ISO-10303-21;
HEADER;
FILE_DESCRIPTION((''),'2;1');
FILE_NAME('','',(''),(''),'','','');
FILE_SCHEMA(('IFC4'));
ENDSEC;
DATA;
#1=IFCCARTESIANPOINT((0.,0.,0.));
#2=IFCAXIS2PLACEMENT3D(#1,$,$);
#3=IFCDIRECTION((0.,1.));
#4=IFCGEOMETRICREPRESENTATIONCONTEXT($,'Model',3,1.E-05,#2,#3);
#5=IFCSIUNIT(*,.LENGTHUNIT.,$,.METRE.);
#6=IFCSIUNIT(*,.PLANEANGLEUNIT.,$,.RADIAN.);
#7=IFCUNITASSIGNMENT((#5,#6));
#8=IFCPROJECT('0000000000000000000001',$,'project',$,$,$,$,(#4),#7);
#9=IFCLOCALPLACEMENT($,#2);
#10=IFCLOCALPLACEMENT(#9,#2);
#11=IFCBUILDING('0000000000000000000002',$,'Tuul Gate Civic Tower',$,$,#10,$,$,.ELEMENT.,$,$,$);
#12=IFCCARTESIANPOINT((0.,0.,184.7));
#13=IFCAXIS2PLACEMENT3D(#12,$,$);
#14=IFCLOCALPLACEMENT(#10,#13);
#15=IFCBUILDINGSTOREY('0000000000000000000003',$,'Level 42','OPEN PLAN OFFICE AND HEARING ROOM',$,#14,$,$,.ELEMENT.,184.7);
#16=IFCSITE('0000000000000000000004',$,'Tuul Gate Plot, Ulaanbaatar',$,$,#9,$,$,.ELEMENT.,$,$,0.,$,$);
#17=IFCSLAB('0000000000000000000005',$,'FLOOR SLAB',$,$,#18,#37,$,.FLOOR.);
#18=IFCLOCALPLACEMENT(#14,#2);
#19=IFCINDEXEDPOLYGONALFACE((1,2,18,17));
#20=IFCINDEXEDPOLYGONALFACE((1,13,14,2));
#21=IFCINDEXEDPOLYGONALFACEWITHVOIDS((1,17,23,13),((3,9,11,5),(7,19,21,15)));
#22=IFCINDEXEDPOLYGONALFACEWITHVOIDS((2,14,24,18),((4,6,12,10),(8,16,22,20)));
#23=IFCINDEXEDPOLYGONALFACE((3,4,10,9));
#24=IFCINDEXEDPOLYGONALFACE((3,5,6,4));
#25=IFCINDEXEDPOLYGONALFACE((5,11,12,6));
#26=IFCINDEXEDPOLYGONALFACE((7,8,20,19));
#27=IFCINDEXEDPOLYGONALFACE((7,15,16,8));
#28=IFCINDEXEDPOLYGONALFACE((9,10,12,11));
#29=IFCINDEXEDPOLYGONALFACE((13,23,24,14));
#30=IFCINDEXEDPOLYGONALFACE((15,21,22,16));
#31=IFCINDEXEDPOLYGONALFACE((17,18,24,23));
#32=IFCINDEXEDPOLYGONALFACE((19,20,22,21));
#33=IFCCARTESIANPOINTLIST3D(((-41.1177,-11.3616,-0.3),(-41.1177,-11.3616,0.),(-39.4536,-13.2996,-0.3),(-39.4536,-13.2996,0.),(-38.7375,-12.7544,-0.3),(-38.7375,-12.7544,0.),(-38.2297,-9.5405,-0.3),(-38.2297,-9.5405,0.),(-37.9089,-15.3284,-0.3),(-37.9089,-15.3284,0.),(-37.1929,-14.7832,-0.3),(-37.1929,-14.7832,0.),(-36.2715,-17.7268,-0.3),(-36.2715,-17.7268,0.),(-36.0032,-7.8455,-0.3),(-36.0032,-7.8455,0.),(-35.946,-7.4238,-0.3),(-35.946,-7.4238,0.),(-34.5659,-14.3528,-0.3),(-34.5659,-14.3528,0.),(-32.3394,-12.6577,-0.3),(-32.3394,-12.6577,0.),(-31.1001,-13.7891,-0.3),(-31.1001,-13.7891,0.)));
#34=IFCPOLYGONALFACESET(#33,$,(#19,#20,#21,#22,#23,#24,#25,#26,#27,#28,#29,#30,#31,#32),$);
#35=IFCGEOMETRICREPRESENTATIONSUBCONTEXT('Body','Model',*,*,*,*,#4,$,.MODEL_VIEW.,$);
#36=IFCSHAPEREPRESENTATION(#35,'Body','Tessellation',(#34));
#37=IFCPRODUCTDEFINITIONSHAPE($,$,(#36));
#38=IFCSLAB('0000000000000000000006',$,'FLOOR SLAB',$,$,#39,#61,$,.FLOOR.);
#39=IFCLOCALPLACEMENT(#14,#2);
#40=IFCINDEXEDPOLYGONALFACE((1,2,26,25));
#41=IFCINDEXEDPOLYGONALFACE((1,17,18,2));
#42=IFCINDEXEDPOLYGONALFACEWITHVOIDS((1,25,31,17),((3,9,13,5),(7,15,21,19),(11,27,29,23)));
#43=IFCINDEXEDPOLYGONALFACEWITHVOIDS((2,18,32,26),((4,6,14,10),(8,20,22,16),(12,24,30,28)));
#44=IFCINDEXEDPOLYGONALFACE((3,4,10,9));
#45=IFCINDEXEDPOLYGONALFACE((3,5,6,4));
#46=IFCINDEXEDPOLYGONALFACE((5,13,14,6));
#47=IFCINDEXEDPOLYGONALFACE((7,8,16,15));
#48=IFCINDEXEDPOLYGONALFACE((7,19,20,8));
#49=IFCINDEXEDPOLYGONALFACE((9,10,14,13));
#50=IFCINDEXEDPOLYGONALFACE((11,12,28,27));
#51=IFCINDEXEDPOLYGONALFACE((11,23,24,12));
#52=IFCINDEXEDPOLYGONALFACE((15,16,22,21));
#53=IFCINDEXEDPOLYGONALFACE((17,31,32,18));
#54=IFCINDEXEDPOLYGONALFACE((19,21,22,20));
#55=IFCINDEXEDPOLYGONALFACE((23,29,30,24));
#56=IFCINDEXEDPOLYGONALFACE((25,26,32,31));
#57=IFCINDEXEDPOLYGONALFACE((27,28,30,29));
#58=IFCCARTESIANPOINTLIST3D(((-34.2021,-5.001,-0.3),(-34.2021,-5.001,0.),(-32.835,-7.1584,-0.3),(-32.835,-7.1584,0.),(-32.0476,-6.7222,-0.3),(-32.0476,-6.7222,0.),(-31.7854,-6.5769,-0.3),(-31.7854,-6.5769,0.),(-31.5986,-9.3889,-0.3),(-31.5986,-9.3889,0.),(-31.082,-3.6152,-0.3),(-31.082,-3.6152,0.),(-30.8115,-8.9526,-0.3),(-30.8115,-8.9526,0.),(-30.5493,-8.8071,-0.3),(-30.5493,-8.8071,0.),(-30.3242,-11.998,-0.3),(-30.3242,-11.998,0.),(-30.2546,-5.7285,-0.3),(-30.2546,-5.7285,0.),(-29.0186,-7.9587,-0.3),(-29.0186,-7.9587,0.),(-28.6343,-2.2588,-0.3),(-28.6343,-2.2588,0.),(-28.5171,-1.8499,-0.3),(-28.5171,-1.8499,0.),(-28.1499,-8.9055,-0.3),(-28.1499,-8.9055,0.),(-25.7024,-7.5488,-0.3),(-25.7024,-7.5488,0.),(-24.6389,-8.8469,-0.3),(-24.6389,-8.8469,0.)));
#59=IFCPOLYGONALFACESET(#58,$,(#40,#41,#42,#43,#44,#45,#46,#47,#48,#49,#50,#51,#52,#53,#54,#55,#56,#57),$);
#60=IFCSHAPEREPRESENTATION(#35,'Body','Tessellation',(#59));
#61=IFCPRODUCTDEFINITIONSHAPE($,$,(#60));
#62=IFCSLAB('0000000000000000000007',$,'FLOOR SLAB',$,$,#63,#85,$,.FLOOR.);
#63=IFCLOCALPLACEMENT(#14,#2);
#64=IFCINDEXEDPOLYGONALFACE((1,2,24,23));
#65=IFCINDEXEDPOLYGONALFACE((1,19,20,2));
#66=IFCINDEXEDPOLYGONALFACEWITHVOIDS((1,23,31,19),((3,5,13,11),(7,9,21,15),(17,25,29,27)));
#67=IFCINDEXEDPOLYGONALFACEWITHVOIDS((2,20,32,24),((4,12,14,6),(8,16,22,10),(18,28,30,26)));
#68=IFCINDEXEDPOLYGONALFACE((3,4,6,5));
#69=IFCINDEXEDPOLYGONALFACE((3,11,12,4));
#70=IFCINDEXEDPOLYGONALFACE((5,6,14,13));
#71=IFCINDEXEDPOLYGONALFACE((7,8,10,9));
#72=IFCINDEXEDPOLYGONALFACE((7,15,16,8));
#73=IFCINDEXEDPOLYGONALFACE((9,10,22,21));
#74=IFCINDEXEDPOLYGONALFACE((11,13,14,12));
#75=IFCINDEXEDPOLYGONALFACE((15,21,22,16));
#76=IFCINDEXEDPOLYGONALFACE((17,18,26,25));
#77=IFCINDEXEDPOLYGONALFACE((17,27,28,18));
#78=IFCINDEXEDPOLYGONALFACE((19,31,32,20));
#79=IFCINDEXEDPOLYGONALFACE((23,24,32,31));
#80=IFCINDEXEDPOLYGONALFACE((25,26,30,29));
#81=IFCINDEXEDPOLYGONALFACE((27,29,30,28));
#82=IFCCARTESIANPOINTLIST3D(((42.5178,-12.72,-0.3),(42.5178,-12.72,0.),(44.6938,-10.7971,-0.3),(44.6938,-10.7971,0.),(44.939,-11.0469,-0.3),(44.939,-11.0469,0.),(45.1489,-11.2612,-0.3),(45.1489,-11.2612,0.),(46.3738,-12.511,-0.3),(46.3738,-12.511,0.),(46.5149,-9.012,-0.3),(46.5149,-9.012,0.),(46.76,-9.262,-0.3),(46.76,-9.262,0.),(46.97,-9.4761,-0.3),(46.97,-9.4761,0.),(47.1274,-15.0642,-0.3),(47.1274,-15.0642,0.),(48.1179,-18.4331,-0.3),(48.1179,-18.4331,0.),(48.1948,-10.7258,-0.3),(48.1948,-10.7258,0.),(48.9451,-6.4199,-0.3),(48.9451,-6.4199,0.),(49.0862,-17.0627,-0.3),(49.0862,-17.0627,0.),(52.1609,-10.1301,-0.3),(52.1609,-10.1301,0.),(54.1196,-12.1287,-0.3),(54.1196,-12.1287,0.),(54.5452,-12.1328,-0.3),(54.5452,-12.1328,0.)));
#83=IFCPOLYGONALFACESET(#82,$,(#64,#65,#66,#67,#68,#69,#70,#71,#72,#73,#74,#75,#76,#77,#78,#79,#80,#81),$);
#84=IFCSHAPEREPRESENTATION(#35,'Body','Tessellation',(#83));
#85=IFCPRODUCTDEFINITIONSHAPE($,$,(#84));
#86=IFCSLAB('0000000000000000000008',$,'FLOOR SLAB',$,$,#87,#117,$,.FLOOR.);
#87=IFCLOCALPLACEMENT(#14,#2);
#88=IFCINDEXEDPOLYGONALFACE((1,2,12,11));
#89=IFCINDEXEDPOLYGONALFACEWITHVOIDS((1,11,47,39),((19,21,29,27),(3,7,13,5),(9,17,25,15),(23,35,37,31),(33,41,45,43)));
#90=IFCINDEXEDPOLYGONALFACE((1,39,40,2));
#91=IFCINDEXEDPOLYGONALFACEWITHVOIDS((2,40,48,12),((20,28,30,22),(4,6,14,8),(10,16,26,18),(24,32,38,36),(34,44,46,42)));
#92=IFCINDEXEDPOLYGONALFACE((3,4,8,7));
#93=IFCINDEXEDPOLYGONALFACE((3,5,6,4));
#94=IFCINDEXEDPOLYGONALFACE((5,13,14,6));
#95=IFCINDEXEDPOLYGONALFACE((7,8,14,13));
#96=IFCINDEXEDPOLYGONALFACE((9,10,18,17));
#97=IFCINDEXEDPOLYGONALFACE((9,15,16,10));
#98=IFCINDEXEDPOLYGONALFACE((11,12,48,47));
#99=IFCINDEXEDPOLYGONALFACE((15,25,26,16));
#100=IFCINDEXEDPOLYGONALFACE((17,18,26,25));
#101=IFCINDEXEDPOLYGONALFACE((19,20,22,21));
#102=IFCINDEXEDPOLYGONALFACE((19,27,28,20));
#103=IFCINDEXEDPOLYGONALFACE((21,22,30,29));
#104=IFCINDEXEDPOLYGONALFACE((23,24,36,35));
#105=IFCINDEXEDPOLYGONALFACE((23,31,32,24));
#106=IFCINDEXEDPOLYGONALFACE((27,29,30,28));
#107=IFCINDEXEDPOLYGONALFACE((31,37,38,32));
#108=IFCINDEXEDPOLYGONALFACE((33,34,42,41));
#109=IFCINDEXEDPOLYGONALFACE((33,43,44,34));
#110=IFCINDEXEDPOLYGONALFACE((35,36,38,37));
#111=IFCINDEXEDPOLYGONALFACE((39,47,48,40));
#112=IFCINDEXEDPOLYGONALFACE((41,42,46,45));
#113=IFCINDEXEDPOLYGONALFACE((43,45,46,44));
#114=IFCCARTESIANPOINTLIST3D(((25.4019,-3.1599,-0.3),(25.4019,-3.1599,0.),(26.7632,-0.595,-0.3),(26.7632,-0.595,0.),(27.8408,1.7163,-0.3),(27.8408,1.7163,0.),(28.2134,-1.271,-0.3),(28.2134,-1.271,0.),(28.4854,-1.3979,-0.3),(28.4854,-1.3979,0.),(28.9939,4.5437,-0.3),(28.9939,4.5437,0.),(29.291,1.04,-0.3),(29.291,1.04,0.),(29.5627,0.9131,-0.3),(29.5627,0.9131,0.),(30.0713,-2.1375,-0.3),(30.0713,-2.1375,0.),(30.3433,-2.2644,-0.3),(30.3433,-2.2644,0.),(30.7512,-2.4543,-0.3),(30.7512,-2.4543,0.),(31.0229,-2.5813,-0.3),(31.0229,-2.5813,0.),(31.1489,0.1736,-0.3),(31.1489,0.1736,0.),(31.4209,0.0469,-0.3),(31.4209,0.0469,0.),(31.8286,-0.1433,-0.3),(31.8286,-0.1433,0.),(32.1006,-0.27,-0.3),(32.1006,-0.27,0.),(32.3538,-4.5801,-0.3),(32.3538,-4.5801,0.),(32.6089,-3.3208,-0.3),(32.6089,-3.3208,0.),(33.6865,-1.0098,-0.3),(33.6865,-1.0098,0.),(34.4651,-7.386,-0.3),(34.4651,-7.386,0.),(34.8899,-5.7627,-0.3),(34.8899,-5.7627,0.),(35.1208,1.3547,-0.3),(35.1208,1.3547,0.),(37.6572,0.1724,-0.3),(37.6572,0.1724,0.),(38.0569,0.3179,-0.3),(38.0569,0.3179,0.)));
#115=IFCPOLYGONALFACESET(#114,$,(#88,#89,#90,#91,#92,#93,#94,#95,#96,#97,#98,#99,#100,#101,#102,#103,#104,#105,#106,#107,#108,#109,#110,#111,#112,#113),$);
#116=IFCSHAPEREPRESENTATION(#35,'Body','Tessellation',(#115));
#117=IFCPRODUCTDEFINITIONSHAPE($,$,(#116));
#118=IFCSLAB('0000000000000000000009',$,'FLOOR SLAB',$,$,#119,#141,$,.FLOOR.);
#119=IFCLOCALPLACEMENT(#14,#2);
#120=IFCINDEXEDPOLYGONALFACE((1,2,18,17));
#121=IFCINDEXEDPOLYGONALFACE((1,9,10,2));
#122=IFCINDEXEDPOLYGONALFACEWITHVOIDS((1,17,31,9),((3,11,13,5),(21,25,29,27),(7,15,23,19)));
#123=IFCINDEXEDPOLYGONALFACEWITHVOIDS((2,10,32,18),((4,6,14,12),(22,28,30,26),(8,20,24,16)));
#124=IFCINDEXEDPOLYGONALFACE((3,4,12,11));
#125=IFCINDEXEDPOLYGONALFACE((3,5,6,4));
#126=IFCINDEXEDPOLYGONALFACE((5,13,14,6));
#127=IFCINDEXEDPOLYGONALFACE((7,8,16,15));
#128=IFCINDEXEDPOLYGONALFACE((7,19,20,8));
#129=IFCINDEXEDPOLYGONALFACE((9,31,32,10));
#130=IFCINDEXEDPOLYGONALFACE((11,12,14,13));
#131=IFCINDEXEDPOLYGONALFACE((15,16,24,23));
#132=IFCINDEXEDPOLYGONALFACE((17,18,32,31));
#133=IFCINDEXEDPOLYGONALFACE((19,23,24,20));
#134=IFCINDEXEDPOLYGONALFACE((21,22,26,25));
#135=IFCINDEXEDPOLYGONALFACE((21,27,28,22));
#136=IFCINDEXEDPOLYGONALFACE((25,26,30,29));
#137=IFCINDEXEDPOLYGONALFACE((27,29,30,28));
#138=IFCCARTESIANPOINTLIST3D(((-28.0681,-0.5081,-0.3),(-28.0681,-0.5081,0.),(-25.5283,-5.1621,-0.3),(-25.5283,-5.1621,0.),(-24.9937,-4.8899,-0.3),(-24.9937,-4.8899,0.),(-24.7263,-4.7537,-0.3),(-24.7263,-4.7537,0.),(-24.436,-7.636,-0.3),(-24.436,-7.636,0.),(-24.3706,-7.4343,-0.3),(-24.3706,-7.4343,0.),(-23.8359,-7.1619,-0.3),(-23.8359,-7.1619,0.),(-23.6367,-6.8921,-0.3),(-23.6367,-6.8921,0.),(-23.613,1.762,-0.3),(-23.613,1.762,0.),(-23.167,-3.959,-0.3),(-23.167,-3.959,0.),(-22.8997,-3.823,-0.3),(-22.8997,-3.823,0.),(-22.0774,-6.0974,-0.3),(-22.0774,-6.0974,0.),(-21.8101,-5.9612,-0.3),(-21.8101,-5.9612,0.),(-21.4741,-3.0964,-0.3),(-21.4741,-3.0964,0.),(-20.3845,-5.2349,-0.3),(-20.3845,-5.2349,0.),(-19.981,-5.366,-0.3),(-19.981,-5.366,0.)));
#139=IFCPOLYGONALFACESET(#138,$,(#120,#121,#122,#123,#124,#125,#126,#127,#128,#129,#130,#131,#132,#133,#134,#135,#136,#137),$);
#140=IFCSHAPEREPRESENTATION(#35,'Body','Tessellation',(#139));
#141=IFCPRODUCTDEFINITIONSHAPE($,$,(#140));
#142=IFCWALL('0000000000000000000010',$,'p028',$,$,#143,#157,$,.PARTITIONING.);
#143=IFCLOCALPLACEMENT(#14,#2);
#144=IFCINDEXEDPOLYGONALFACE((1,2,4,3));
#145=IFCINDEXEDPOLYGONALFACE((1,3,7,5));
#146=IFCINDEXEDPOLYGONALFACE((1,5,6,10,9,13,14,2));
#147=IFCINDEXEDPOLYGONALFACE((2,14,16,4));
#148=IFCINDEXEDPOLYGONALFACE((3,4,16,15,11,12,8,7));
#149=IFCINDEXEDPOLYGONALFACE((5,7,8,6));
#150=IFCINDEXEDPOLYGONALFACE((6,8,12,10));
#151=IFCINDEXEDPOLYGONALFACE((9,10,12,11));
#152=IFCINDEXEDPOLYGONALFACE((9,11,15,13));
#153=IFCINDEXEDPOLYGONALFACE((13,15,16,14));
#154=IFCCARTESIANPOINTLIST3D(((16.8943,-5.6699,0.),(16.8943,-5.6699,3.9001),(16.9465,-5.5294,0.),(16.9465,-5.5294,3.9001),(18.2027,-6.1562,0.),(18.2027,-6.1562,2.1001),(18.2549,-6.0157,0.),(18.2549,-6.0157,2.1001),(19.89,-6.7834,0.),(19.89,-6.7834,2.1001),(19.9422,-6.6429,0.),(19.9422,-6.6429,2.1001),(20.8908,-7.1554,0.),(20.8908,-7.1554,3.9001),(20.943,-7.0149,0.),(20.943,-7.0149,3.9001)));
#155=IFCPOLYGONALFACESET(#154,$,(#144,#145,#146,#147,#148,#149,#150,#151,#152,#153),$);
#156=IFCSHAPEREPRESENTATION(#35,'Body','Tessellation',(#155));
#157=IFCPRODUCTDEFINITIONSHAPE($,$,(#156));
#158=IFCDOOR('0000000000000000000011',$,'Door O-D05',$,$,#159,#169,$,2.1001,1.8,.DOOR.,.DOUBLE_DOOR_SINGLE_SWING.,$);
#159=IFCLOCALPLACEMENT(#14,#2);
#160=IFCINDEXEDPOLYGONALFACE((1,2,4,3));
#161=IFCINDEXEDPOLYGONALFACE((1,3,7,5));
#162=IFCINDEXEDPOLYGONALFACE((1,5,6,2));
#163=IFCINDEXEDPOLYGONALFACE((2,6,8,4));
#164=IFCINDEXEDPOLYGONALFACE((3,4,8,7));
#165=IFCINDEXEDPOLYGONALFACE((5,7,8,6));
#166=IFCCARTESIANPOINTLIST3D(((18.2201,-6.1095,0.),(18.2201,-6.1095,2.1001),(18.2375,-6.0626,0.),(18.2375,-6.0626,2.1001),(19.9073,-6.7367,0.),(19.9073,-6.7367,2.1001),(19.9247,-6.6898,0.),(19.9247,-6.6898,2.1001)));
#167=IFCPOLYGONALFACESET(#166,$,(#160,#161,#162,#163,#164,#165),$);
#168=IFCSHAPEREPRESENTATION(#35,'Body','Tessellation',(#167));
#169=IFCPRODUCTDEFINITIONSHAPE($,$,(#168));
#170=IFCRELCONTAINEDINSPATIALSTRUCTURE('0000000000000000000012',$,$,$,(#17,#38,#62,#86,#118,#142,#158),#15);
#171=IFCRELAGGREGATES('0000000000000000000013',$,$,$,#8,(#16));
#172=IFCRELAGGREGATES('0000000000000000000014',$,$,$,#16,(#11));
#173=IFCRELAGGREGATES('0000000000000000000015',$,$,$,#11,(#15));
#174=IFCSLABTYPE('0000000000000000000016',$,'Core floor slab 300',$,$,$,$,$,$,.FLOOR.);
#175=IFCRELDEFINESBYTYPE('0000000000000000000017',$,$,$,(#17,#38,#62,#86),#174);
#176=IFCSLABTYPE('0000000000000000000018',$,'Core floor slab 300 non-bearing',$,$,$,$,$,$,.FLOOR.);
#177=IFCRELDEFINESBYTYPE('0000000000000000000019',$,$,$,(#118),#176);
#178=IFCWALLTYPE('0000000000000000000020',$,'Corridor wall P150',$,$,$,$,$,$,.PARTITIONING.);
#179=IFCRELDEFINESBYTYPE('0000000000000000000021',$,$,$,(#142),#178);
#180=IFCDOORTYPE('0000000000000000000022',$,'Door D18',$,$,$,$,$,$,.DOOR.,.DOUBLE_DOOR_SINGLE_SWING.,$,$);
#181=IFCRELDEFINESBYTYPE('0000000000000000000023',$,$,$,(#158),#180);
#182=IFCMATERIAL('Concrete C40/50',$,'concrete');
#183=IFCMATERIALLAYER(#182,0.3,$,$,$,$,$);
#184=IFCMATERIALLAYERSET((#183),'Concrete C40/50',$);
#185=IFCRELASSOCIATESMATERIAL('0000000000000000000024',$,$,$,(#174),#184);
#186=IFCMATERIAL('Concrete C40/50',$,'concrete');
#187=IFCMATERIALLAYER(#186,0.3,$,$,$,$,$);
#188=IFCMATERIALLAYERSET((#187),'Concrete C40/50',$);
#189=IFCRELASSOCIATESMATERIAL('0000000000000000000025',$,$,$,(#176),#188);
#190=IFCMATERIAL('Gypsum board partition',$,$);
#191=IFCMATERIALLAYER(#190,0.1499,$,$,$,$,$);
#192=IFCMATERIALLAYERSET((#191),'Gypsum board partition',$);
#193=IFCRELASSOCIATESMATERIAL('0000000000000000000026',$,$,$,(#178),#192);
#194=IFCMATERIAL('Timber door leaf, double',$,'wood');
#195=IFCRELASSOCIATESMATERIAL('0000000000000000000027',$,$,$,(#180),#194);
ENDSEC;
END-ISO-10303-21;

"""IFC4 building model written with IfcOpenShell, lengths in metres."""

from ifc_helpers import new_model, si_unit, direction, frame, frame_2d, origin, place, context, subcontext, project, spatial, polyline, rectangle, outline, extrude, material, layer, layer_set, type_object, element, fill, save


model = new_model("IFC4")

# Units and contexts
model_context = context("Model", 3, precision=1e-05, world=origin(), true_north=direction((0.0, 1.0)))
body_context = subcontext(model_context, "Body", "Model", "MODEL_VIEW")
ifc_project = project(units=[si_unit("LENGTHUNIT", "METRE"), si_unit("PLANEANGLEUNIT", "RADIAN")], contexts=[model_context])

# Site, building, storey
site_placement = place(None, origin())
site = spatial("IfcSite", under=ifc_project, at=site_placement, Name="Tuul Gate Plot, Ulaanbaatar", CompositionType="ELEMENT", RefElevation=0.0)
building_placement = place(site_placement, origin())
building = spatial("IfcBuilding", under=site, at=building_placement, Name="Tuul Gate Civic Tower", CompositionType="ELEMENT")
storey_placement = place(building_placement, frame((0.0, 0.0, 184.7)))
storey = spatial("IfcBuildingStorey", under=building, at=storey_placement, Name="Level 42", Description="OPEN PLAN OFFICE AND HEARING ROOM", CompositionType="ELEMENT", Elevation=184.7)

# Slabs
ifc_material_1 = material(Name="Concrete C40/50", Category="concrete")
ifc_layer_1 = layer(ifc_material_1, 0.3)
ifc_layer_set_1 = layer_set([ifc_layer_1], Name="Concrete C40/50")
slab_type_1 = type_object("IfcSlabType", Name="Core floor slab 300", PredefinedType="FLOOR", material=ifc_layer_set_1)
slab_1_placement = place(storey_placement, frame((0.0, 0.0, -0.3)))
element("IfcSlab", 1, at=slab_1_placement, inside=storey, type_object=slab_type_1, Name="FLOOR SLAB", PredefinedType="FLOOR", context=body_context, shape_type="SweptSolid", body=[
    extrude(outline(polyline([(-31.1001, -13.7891), (-35.946, -7.4238), (-41.1177, -11.3616), (-36.2715, -17.7268), (-31.1001, -13.7891)]), holes=[polyline([(-37.1929, -14.7832), (-38.7375, -12.7544), (-39.4536, -13.2996), (-37.9089, -15.3284), (-37.1929, -14.7832)]), polyline([(-32.3394, -12.6577), (-34.5659, -14.3528), (-38.2297, -9.5405), (-36.0032, -7.8455), (-32.3394, -12.6577)])]), origin(), (0.0, 0.0, 1.0), 0.3),
])
slab_2_placement = place(storey_placement, frame((0.0, 0.0, -0.3)))
element("IfcSlab", 2, at=slab_2_placement, inside=storey, type_object=slab_type_1, Name="FLOOR SLAB", PredefinedType="FLOOR", context=body_context, shape_type="SweptSolid", body=[
    extrude(outline(polyline([(-24.6389, -8.8469), (-28.5171, -1.8499), (-34.2021, -5.001), (-30.3242, -11.998), (-24.6389, -8.8469)]), holes=[polyline([(-29.0186, -7.9587), (-30.2546, -5.7285), (-31.7854, -6.5769), (-30.5493, -8.8071), (-29.0186, -7.9587)]), polyline([(-30.8115, -8.9526), (-32.0476, -6.7222), (-32.835, -7.1584), (-31.5986, -9.3889), (-30.8115, -8.9526)]), polyline([(-25.7024, -7.5488), (-28.1499, -8.9055), (-31.082, -3.6152), (-28.6343, -2.2588), (-25.7024, -7.5488)])]), origin(), (0.0, 0.0, 1.0), 0.3),
])
slab_3_placement = place(storey_placement, frame((0.0, 0.0, -0.3)))
element("IfcSlab", 3, at=slab_3_placement, inside=storey, type_object=slab_type_1, Name="FLOOR SLAB", PredefinedType="FLOOR", context=body_context, shape_type="SweptSolid", body=[
    extrude(outline(polyline([(48.1179, -18.4331), (54.5452, -12.1328), (48.9451, -6.4199), (42.5178, -12.72), (48.1179, -18.4331)]), holes=[polyline([(46.3738, -12.511), (48.1948, -10.7258), (46.97, -9.4761), (45.1489, -11.2612), (46.3738, -12.511)]), polyline([(44.939, -11.0469), (46.76, -9.262), (46.5149, -9.012), (44.6938, -10.7971), (44.939, -11.0469)]), polyline([(49.0862, -17.0627), (47.1274, -15.0642), (52.1609, -10.1301), (54.1196, -12.1287), (49.0862, -17.0627)])]), origin(), (0.0, 0.0, 1.0), 0.3),
])
slab_4_placement = place(storey_placement, frame((0.0, 0.0, -0.3)))
element("IfcSlab", 4, at=slab_4_placement, inside=storey, type_object=slab_type_1, Name="FLOOR SLAB", PredefinedType="FLOOR", context=body_context, shape_type="SweptSolid", body=[
    extrude(outline(polyline([(34.4651, -7.386), (38.0569, 0.3179), (28.9939, 4.5437), (25.4019, -3.1599), (34.4651, -7.386)]), holes=[polyline([(32.6089, -3.3208), (33.6865, -1.0098), (32.1006, -0.27), (31.0229, -2.5813), (32.6089, -3.3208)]), polyline([(30.0713, -2.1375), (31.1489, 0.1736), (29.5627, 0.9131), (28.4854, -1.3979), (30.0713, -2.1375)]), polyline([(30.7512, -2.4543), (31.8286, -0.1433), (31.4209, 0.0469), (30.3433, -2.2644), (30.7512, -2.4543)]), polyline([(28.2134, -1.271), (29.291, 1.04), (27.8408, 1.7163), (26.7632, -0.595), (28.2134, -1.271)]), polyline([(34.8899, -5.7627), (32.3538, -4.5801), (35.1208, 1.3547), (37.6572, 0.1724), (34.8899, -5.7627)])]), origin(), (0.0, 0.0, 1.0), 0.3),
])
ifc_material_2 = material(Name="Concrete C40/50", Category="concrete")
ifc_layer_2 = layer(ifc_material_2, 0.3)
ifc_layer_set_2 = layer_set([ifc_layer_2], Name="Concrete C40/50")
slab_type_2 = type_object("IfcSlabType", Name="Core floor slab 300 non-bearing", PredefinedType="FLOOR", material=ifc_layer_set_2)
slab_5_placement = place(storey_placement, frame((0.0, 0.0, -0.3)))
element("IfcSlab", 5, at=slab_5_placement, inside=storey, type_object=slab_type_2, Name="FLOOR SLAB", PredefinedType="FLOOR", context=body_context, shape_type="SweptSolid", body=[
    extrude(outline(polyline([(-19.981, -5.366), (-23.613, 1.762), (-28.0681, -0.5081), (-24.436, -7.636), (-19.981, -5.366)]), holes=[polyline([(-20.3845, -5.2349), (-21.4741, -3.0964), (-22.8997, -3.823), (-21.8101, -5.9612), (-20.3845, -5.2349)]), polyline([(-22.0774, -6.0974), (-23.167, -3.959), (-24.7263, -4.7537), (-23.6367, -6.8921), (-22.0774, -6.0974)]), polyline([(-23.8359, -7.1619), (-24.9937, -4.8899), (-25.5283, -5.1621), (-24.3706, -7.4343), (-23.8359, -7.1619)])]), origin(), (0.0, 0.0, 1.0), 0.3),
])

# Wall, opening, door
ifc_material_3 = material(Name="Gypsum board partition")
ifc_layer_3 = layer(ifc_material_3, 0.1499)
ifc_layer_set_3 = layer_set([ifc_layer_3], Name="Gypsum board partition")
wall_type_1 = type_object("IfcWallType", Name="Corridor wall P150", PredefinedType="PARTITIONING", material=ifc_layer_set_3)
wall_1_placement = place(storey_placement, frame((16.9204, -5.5996, 0.0), z_axis=(0.0, 0.0, 1.0), x_axis=(0.937337, -0.348424, 0.0)))
wall_1 = element("IfcWall", 6, at=wall_1_placement, inside=storey, type_object=wall_type_1, Name="p028", PredefinedType="PARTITIONING", context=body_context, shape_type="SweptSolid", body=[
    extrude(rectangle(XDim=4.2637, YDim=0.1499, at=frame_2d((2.1318, 0.0))), origin(), (0.0, 0.0, 1.0), 3.9001),
])
opening_1_placement = place(wall_1_placement, frame((1.396, 0.0, 0.0)))
opening_1 = element("IfcOpeningElement", 7, at=opening_1_placement, cuts=wall_1, PredefinedType="OPENING", context=body_context, shape_type="SweptSolid", body=[
    extrude(rectangle(XDim=1.8, YDim=2.1001, at=frame_2d((0.8999, 1.05))), frame((0.0, 0.085, 0.0), z_axis=(0.0, -1.0, 0.0), x_axis=(1.0, 0.0, 0.0)), (0.0, 0.0, 1.0), 0.1699),
])
ifc_material_4 = material(Name="Timber door leaf, double", Category="wood")
door_type = type_object("IfcDoorType", Name="Door D18", OperationType="DOUBLE_DOOR_SINGLE_SWING", PredefinedType="DOOR", material=ifc_material_4)
door_1_placement = place(opening_1_placement, origin())
door_1 = element("IfcDoor", 8, at=door_1_placement, inside=storey, type_object=door_type, Name="Door O-D05", OperationType="DOUBLE_DOOR_SINGLE_SWING", OverallHeight=2.1001, OverallWidth=1.8, PredefinedType="DOOR", context=body_context, shape_type="SweptSolid", body=[
    extrude(rectangle(XDim=1.8, YDim=2.1001, at=frame_2d((0.8999, 1.05))), frame((0.0, 0.0249, 0.0), z_axis=(0.0, -1.0, 0.0), x_axis=(1.0, 0.0, 0.0)), (0.0, 0.0, 1.0), 0.05),
])
fill(opening_1, door_1)

save(model, "model.ifc")
